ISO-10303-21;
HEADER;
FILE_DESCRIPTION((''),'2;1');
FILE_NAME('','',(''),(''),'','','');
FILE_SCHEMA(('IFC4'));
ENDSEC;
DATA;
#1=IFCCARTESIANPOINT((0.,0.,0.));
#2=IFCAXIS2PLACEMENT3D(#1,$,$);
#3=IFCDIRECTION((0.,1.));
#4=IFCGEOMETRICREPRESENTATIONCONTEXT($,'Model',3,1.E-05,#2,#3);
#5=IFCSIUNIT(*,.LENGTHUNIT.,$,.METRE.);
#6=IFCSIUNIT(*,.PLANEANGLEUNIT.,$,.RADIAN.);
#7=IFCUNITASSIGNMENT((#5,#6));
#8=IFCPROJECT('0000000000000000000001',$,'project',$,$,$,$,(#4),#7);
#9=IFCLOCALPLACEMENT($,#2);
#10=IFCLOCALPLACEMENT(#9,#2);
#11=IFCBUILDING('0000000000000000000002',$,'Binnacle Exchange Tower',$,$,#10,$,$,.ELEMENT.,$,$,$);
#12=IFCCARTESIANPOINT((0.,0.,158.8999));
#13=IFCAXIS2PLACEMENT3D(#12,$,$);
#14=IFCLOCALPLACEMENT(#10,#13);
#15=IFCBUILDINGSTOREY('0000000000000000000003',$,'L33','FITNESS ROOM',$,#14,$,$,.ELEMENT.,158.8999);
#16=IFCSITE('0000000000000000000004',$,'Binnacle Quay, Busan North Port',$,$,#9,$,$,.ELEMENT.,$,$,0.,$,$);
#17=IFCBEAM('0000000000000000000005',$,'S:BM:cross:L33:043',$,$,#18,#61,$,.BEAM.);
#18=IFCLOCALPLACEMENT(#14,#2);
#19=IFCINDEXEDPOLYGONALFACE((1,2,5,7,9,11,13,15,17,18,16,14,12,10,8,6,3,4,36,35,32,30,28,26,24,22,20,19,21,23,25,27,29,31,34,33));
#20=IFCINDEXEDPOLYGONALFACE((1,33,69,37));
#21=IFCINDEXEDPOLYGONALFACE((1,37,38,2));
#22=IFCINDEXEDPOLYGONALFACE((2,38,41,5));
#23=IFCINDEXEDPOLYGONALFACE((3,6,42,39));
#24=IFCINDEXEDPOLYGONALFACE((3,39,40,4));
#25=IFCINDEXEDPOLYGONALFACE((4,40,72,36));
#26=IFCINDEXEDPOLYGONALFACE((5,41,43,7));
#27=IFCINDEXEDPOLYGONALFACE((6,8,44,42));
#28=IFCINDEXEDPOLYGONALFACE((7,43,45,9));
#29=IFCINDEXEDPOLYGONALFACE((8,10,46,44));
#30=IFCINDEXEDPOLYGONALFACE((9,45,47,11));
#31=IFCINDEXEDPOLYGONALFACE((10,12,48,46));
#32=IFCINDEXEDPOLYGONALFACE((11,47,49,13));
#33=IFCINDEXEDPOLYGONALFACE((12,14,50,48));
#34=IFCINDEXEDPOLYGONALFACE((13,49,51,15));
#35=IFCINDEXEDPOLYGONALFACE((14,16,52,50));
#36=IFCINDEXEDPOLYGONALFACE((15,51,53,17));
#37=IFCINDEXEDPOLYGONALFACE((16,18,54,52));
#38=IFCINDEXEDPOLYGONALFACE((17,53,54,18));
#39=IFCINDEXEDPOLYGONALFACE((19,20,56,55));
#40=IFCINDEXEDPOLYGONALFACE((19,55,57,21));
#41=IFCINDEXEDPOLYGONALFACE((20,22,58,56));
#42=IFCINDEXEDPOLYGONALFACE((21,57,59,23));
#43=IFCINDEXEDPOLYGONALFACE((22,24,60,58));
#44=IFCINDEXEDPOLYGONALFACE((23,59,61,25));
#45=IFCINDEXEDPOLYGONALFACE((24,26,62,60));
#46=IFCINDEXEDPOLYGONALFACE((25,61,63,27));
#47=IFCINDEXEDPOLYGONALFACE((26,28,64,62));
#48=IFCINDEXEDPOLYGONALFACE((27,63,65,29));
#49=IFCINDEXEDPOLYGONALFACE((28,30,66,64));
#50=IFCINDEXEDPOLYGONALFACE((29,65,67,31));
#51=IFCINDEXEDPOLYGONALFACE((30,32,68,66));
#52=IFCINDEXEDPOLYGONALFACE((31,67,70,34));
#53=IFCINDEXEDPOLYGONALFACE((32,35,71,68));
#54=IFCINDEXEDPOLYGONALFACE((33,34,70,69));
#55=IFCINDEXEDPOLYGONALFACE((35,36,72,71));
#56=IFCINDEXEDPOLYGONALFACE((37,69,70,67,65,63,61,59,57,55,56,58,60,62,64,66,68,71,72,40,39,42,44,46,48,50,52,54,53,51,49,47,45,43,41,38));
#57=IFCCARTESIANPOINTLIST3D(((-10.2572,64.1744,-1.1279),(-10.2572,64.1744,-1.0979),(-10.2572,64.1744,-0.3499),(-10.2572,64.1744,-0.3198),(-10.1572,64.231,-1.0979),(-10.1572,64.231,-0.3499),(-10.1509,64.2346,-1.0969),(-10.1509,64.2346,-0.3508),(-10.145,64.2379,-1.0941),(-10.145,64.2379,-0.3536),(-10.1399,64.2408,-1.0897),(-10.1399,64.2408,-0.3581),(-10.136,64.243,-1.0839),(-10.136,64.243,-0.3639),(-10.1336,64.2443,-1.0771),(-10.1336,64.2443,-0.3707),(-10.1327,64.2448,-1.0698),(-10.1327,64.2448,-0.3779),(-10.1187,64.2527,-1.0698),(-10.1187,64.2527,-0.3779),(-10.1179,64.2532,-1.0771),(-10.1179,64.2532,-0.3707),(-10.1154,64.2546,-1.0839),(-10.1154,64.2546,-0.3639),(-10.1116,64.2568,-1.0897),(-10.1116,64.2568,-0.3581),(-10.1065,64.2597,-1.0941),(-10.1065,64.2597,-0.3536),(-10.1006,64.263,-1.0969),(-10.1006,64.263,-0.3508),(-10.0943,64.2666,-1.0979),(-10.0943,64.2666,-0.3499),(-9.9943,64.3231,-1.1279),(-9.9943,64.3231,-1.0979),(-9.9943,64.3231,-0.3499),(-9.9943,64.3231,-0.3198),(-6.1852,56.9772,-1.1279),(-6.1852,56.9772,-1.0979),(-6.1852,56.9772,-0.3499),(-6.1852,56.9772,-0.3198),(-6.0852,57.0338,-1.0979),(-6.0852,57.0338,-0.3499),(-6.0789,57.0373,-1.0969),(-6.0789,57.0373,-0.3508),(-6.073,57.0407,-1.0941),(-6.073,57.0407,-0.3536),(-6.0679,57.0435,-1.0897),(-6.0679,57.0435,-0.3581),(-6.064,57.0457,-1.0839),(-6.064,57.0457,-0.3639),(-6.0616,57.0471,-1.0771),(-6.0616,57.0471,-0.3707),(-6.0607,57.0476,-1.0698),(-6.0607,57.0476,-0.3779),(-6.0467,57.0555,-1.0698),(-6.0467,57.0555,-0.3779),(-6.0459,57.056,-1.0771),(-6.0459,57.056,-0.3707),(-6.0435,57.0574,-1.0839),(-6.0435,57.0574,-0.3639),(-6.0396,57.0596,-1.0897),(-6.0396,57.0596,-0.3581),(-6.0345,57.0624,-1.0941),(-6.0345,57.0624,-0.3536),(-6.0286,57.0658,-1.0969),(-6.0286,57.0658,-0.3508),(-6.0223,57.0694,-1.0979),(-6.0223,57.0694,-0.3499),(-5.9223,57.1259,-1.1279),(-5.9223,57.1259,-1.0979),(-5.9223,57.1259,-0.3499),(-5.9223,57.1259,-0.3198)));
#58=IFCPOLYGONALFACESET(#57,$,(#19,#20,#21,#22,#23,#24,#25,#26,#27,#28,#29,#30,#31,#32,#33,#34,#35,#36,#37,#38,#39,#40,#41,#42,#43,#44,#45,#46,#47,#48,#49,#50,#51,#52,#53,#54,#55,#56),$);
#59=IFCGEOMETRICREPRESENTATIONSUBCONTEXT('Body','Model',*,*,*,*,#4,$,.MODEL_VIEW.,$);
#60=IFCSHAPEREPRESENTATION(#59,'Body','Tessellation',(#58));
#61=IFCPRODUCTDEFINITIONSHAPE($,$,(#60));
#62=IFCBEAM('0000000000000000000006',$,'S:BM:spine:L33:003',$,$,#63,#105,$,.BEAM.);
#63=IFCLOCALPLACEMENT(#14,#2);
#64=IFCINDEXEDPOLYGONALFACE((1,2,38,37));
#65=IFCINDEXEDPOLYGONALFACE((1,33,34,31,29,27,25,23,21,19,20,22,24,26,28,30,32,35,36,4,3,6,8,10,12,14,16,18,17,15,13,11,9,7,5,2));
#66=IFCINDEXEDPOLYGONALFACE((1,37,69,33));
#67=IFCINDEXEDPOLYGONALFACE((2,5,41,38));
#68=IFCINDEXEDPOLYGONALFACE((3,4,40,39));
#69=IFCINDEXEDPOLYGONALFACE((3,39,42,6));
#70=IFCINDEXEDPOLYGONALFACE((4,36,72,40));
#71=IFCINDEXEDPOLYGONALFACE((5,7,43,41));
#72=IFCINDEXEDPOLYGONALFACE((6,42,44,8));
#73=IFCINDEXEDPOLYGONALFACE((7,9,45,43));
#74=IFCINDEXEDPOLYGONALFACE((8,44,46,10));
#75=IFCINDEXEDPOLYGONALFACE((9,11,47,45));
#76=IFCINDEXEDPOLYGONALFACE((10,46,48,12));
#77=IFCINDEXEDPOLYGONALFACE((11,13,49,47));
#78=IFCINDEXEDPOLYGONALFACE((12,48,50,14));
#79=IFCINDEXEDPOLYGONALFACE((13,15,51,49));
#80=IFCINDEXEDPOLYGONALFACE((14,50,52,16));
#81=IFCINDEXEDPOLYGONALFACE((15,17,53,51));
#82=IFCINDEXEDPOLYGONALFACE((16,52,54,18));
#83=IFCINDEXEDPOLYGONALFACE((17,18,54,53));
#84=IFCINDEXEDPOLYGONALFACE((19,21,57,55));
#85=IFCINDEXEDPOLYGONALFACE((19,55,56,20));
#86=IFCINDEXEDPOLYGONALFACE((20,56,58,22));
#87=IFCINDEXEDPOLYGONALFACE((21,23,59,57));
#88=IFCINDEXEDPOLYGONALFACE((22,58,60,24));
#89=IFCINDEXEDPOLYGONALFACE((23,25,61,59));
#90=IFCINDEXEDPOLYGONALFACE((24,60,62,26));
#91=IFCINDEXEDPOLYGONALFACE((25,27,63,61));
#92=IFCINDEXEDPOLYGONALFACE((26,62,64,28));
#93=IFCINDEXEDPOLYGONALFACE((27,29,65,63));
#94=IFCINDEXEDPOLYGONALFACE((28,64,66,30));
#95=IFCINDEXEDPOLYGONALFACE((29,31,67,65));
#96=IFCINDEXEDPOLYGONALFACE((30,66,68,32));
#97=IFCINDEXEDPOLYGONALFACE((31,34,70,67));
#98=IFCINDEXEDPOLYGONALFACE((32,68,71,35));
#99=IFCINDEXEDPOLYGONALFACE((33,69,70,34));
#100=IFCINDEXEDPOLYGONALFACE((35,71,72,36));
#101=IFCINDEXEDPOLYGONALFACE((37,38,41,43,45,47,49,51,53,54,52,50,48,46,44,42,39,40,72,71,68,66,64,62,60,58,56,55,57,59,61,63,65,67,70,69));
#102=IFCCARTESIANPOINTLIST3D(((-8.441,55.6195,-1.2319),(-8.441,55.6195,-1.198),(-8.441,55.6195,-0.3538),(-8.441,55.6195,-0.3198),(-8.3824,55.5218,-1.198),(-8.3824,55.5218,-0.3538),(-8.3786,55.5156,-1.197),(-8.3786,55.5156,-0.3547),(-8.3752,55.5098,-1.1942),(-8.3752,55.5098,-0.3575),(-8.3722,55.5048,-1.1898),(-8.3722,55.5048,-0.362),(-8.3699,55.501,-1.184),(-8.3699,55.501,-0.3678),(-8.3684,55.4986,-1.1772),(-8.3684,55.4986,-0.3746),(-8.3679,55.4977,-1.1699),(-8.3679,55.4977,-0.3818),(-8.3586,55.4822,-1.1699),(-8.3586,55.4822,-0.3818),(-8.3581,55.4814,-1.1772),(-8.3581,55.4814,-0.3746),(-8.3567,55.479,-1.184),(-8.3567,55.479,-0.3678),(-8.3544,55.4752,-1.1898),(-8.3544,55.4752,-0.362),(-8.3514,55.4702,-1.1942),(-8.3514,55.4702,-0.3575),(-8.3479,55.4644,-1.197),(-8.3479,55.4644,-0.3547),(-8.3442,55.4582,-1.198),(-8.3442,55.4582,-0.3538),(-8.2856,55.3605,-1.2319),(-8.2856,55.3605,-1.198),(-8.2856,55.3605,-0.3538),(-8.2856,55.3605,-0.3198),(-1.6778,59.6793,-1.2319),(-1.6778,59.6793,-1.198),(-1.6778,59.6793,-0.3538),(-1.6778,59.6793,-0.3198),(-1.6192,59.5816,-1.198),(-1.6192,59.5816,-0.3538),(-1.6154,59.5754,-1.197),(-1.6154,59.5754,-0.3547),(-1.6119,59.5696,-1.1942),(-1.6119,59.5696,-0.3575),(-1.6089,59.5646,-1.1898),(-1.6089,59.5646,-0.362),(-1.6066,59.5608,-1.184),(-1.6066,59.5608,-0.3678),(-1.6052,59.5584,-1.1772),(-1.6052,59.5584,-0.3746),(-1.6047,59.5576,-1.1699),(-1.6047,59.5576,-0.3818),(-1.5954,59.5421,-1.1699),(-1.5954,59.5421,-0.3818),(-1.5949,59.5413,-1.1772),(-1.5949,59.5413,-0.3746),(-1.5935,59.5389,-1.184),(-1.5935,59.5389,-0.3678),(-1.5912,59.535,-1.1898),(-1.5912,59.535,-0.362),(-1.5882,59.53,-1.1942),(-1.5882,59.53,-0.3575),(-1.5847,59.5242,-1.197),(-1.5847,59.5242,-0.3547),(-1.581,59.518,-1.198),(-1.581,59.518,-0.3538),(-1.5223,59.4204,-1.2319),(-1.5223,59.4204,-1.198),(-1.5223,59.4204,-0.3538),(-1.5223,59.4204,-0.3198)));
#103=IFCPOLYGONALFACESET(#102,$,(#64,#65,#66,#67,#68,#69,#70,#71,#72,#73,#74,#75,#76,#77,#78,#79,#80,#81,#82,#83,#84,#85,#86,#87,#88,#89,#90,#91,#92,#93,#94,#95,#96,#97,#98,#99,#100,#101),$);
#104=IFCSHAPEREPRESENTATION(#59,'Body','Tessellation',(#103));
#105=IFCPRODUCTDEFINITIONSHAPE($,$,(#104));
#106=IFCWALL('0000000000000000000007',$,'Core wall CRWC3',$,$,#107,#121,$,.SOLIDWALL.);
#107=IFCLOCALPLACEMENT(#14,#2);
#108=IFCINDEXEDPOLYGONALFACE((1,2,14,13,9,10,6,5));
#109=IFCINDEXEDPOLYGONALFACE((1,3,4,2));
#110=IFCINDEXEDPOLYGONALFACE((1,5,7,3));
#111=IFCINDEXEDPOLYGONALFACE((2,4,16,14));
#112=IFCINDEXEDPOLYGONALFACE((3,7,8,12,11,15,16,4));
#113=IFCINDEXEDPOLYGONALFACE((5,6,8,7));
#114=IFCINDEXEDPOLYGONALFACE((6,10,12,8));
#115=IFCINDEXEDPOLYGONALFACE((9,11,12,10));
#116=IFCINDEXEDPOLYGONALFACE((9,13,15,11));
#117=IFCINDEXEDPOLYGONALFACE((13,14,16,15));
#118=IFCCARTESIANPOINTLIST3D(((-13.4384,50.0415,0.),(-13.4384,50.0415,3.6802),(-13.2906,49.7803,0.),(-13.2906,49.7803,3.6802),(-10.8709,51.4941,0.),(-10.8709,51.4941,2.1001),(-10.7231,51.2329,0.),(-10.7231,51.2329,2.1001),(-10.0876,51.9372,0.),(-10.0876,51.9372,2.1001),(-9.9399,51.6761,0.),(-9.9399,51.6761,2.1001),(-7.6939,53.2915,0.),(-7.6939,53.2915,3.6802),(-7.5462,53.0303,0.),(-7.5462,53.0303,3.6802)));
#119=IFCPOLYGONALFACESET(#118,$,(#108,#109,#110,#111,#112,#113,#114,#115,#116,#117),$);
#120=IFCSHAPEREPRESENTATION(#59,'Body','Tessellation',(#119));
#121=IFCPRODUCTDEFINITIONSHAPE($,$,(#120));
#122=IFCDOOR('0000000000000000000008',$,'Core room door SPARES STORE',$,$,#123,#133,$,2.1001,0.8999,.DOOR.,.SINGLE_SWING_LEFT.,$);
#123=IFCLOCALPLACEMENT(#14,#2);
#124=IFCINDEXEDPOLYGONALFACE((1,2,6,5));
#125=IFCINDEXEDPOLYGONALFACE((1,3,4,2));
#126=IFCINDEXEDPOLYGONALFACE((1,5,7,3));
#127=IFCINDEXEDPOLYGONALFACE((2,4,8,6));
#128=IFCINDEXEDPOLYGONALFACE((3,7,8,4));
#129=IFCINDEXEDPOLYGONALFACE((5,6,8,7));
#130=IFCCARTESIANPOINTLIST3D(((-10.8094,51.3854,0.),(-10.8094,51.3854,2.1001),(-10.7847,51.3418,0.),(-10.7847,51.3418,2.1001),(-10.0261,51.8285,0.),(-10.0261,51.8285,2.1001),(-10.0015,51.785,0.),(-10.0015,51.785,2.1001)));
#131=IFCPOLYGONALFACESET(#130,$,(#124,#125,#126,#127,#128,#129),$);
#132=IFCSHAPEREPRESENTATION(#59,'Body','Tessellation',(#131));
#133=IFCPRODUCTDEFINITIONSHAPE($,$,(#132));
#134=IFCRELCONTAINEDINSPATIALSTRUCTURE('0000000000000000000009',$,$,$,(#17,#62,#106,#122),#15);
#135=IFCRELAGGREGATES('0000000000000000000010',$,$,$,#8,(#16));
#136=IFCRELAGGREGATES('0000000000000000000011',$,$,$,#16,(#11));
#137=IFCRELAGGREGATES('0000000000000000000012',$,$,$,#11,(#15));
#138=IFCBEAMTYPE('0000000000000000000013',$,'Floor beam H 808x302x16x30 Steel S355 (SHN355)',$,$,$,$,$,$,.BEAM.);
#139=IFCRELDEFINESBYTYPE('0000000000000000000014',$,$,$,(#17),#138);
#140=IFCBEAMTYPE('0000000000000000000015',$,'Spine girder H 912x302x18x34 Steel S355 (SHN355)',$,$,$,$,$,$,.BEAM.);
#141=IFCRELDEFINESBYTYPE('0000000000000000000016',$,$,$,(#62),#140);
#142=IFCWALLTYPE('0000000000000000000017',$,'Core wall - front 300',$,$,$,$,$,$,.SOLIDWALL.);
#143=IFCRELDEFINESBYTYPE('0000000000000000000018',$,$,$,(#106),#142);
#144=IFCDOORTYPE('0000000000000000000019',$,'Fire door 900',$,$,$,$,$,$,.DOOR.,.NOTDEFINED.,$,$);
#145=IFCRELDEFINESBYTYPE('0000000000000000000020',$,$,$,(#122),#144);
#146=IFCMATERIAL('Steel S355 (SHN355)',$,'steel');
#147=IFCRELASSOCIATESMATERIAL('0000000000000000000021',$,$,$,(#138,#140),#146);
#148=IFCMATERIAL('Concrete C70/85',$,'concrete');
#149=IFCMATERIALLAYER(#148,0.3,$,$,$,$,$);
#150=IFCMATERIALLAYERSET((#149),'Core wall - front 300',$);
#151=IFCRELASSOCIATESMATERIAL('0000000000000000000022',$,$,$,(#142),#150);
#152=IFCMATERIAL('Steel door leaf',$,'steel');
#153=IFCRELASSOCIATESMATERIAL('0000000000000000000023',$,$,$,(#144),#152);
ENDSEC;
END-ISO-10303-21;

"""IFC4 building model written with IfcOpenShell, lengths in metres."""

from ifc_helpers import new_model, si_unit, direction, frame, frame_2d, origin, origin_2d, place, context, subcontext, project, spatial, rectangle, i_section, extrude, material, layer, layer_set, material_profile, profile_set, type_object, element, fill, save


model = new_model("IFC4")

# Units and contexts
model_context = context("Model", 3, precision=1e-05, world=origin(), true_north=direction((0.0, 1.0)))
body_context = subcontext(model_context, "Body", "Model", "MODEL_VIEW")
ifc_project = project(units=[si_unit("LENGTHUNIT", "METRE"), si_unit("PLANEANGLEUNIT", "RADIAN")], contexts=[model_context])

# Site, building, storey
site_placement = place(None, origin())
site = spatial("IfcSite", under=ifc_project, at=site_placement, Name="Binnacle Quay, Busan North Port", CompositionType="ELEMENT", RefElevation=0.0)
building_placement = place(site_placement, origin())
building = spatial("IfcBuilding", under=site, at=building_placement, Name="Binnacle Exchange Tower", CompositionType="ELEMENT")
storey_placement = place(building_placement, frame((0.0, 0.0, 158.8999)))
storey = spatial("IfcBuildingStorey", under=building, at=storey_placement, Name="L33", Description="FITNESS ROOM", CompositionType="ELEMENT", Elevation=158.8999)

# Shared definitions
ifc_material_1 = material(Name="Concrete C70/85", Category="concrete")

# Beams
ifc_material_2 = material(Name="Steel S355 (SHN355)", Category="steel")
ifc_material_profile_1 = material_profile(ifc_material_2, i_section(OverallWidth=0.302, OverallDepth=0.8081, WebThickness=0.0161, FlangeThickness=0.03, FilletRadius=0.0281, at=origin_2d()), Name="H 808x302x16x30")
ifc_profile_set_1 = profile_set([ifc_material_profile_1], Name="Steel S355 (SHN355)")
beam_type_1 = type_object("IfcBeamType", Name="Floor beam H 808x302x16x30 Steel S355 (SHN355)", PredefinedType="BEAM", material=ifc_profile_set_1)
beam_1_placement = place(storey_placement, frame((-10.1257, 64.2488, -0.7239), z_axis=(0.492424, -0.870355, 0.0), x_axis=(0.870355, 0.492424, 0.0)))
element("IfcBeam", 1, at=beam_1_placement, inside=storey, type_object=beam_type_1, Name="S:BM:cross:L33:043", PredefinedType="BEAM", context=body_context, shape_type="SweptSolid", body=[
    extrude(i_section(OverallWidth=0.302, OverallDepth=0.8081, WebThickness=0.0161, FlangeThickness=0.03, FilletRadius=0.0281, at=origin_2d()), origin(), (0.0, 0.0, 1.0), 8.2693),
])
ifc_material_profile_2 = material_profile(ifc_material_2, i_section(OverallWidth=0.302, OverallDepth=0.9121, WebThickness=0.0181, FlangeThickness=0.0339, FilletRadius=0.0281, at=origin_2d()), Name="H 912x302x18x34")
ifc_profile_set_2 = profile_set([ifc_material_profile_2], Name="Steel S355 (SHN355)")
beam_type_2 = type_object("IfcBeamType", Name="Spine girder H 912x302x18x34 Steel S355 (SHN355)", PredefinedType="BEAM", material=ifc_profile_set_2)
beam_2_placement = place(storey_placement, frame((-8.3633, 55.49, -0.7759), z_axis=(0.857386, 0.514673, 0.0), x_axis=(-0.514673, 0.857386, 0.0)))
element("IfcBeam", 2, at=beam_2_placement, inside=storey, type_object=beam_type_2, Name="S:BM:spine:L33:003", PredefinedType="BEAM", context=body_context, shape_type="SweptSolid", body=[
    extrude(i_section(OverallWidth=0.302, OverallDepth=0.9121, WebThickness=0.0181, FlangeThickness=0.0339, FilletRadius=0.0281, at=origin_2d()), origin(), (0.0, 0.0, 1.0), 7.8882),
])

# Wall, opening, door
ifc_layer_1 = layer(ifc_material_1, 0.3)
ifc_layer_set_1 = layer_set([ifc_layer_1], Name="Core wall - front 300")
wall_type_1 = type_object("IfcWallType", Name="Core wall - front 300", PredefinedType="SOLIDWALL", material=ifc_layer_set_1)
wall_1_placement = place(storey_placement, frame((-13.3645, 49.9109, 0.0), z_axis=(0.0, 0.0, 1.0), x_axis=(0.870357, 0.492422, 0.0)))
wall_1 = element("IfcWall", 3, at=wall_1_placement, inside=storey, type_object=wall_type_1, Name="Core wall CRWC3", PredefinedType="SOLIDWALL", context=body_context, shape_type="SweptSolid", body=[
    extrude(rectangle(XDim=6.6001, YDim=0.3, at=frame_2d((3.3, 0.0))), origin(), (0.0, 0.0, 1.0), 3.6802),
])
opening_1_placement = place(wall_1_placement, frame((2.95, 0.0, 0.0)))
opening_1 = element("IfcOpeningElement", 4, at=opening_1_placement, cuts=wall_1, PredefinedType="OPENING", context=body_context, shape_type="SweptSolid", body=[
    extrude(rectangle(XDim=0.8999, YDim=2.1001, at=frame_2d((0.45, 1.05))), frame((0.0, 0.1599, 0.0), z_axis=(0.0, -1.0, 0.0), x_axis=(1.0, 0.0, 0.0)), (0.0, 0.0, 1.0), 0.3201),
])
ifc_material_3 = material(Name="Steel door leaf", Category="steel")
door_type_1 = type_object("IfcDoorType", Name="Fire door 900", OperationType="NOTDEFINED", PredefinedType="DOOR", material=ifc_material_3)
door_1_placement = place(opening_1_placement, frame((0.8999, 0.0, 0.0), z_axis=(0.0, 0.0, 1.0), x_axis=(-1.0, 0.0, 0.0)))
door_1 = element("IfcDoor", 5, at=door_1_placement, inside=storey, type_object=door_type_1, Name="Core room door SPARES STORE", OperationType="SINGLE_SWING_LEFT", OverallHeight=2.1001, OverallWidth=0.8999, PredefinedType="DOOR", context=body_context, shape_type="SweptSolid", body=[
    extrude(rectangle(XDim=0.8999, YDim=2.1001, at=frame_2d((0.45, 1.05))), frame((0.0, 0.0249, 0.0), z_axis=(0.0, -1.0, 0.0), x_axis=(1.0, 0.0, 0.0)), (0.0, 0.0, 1.0), 0.05),
])
fill(opening_1, door_1)

save(model, "model.ifc")
